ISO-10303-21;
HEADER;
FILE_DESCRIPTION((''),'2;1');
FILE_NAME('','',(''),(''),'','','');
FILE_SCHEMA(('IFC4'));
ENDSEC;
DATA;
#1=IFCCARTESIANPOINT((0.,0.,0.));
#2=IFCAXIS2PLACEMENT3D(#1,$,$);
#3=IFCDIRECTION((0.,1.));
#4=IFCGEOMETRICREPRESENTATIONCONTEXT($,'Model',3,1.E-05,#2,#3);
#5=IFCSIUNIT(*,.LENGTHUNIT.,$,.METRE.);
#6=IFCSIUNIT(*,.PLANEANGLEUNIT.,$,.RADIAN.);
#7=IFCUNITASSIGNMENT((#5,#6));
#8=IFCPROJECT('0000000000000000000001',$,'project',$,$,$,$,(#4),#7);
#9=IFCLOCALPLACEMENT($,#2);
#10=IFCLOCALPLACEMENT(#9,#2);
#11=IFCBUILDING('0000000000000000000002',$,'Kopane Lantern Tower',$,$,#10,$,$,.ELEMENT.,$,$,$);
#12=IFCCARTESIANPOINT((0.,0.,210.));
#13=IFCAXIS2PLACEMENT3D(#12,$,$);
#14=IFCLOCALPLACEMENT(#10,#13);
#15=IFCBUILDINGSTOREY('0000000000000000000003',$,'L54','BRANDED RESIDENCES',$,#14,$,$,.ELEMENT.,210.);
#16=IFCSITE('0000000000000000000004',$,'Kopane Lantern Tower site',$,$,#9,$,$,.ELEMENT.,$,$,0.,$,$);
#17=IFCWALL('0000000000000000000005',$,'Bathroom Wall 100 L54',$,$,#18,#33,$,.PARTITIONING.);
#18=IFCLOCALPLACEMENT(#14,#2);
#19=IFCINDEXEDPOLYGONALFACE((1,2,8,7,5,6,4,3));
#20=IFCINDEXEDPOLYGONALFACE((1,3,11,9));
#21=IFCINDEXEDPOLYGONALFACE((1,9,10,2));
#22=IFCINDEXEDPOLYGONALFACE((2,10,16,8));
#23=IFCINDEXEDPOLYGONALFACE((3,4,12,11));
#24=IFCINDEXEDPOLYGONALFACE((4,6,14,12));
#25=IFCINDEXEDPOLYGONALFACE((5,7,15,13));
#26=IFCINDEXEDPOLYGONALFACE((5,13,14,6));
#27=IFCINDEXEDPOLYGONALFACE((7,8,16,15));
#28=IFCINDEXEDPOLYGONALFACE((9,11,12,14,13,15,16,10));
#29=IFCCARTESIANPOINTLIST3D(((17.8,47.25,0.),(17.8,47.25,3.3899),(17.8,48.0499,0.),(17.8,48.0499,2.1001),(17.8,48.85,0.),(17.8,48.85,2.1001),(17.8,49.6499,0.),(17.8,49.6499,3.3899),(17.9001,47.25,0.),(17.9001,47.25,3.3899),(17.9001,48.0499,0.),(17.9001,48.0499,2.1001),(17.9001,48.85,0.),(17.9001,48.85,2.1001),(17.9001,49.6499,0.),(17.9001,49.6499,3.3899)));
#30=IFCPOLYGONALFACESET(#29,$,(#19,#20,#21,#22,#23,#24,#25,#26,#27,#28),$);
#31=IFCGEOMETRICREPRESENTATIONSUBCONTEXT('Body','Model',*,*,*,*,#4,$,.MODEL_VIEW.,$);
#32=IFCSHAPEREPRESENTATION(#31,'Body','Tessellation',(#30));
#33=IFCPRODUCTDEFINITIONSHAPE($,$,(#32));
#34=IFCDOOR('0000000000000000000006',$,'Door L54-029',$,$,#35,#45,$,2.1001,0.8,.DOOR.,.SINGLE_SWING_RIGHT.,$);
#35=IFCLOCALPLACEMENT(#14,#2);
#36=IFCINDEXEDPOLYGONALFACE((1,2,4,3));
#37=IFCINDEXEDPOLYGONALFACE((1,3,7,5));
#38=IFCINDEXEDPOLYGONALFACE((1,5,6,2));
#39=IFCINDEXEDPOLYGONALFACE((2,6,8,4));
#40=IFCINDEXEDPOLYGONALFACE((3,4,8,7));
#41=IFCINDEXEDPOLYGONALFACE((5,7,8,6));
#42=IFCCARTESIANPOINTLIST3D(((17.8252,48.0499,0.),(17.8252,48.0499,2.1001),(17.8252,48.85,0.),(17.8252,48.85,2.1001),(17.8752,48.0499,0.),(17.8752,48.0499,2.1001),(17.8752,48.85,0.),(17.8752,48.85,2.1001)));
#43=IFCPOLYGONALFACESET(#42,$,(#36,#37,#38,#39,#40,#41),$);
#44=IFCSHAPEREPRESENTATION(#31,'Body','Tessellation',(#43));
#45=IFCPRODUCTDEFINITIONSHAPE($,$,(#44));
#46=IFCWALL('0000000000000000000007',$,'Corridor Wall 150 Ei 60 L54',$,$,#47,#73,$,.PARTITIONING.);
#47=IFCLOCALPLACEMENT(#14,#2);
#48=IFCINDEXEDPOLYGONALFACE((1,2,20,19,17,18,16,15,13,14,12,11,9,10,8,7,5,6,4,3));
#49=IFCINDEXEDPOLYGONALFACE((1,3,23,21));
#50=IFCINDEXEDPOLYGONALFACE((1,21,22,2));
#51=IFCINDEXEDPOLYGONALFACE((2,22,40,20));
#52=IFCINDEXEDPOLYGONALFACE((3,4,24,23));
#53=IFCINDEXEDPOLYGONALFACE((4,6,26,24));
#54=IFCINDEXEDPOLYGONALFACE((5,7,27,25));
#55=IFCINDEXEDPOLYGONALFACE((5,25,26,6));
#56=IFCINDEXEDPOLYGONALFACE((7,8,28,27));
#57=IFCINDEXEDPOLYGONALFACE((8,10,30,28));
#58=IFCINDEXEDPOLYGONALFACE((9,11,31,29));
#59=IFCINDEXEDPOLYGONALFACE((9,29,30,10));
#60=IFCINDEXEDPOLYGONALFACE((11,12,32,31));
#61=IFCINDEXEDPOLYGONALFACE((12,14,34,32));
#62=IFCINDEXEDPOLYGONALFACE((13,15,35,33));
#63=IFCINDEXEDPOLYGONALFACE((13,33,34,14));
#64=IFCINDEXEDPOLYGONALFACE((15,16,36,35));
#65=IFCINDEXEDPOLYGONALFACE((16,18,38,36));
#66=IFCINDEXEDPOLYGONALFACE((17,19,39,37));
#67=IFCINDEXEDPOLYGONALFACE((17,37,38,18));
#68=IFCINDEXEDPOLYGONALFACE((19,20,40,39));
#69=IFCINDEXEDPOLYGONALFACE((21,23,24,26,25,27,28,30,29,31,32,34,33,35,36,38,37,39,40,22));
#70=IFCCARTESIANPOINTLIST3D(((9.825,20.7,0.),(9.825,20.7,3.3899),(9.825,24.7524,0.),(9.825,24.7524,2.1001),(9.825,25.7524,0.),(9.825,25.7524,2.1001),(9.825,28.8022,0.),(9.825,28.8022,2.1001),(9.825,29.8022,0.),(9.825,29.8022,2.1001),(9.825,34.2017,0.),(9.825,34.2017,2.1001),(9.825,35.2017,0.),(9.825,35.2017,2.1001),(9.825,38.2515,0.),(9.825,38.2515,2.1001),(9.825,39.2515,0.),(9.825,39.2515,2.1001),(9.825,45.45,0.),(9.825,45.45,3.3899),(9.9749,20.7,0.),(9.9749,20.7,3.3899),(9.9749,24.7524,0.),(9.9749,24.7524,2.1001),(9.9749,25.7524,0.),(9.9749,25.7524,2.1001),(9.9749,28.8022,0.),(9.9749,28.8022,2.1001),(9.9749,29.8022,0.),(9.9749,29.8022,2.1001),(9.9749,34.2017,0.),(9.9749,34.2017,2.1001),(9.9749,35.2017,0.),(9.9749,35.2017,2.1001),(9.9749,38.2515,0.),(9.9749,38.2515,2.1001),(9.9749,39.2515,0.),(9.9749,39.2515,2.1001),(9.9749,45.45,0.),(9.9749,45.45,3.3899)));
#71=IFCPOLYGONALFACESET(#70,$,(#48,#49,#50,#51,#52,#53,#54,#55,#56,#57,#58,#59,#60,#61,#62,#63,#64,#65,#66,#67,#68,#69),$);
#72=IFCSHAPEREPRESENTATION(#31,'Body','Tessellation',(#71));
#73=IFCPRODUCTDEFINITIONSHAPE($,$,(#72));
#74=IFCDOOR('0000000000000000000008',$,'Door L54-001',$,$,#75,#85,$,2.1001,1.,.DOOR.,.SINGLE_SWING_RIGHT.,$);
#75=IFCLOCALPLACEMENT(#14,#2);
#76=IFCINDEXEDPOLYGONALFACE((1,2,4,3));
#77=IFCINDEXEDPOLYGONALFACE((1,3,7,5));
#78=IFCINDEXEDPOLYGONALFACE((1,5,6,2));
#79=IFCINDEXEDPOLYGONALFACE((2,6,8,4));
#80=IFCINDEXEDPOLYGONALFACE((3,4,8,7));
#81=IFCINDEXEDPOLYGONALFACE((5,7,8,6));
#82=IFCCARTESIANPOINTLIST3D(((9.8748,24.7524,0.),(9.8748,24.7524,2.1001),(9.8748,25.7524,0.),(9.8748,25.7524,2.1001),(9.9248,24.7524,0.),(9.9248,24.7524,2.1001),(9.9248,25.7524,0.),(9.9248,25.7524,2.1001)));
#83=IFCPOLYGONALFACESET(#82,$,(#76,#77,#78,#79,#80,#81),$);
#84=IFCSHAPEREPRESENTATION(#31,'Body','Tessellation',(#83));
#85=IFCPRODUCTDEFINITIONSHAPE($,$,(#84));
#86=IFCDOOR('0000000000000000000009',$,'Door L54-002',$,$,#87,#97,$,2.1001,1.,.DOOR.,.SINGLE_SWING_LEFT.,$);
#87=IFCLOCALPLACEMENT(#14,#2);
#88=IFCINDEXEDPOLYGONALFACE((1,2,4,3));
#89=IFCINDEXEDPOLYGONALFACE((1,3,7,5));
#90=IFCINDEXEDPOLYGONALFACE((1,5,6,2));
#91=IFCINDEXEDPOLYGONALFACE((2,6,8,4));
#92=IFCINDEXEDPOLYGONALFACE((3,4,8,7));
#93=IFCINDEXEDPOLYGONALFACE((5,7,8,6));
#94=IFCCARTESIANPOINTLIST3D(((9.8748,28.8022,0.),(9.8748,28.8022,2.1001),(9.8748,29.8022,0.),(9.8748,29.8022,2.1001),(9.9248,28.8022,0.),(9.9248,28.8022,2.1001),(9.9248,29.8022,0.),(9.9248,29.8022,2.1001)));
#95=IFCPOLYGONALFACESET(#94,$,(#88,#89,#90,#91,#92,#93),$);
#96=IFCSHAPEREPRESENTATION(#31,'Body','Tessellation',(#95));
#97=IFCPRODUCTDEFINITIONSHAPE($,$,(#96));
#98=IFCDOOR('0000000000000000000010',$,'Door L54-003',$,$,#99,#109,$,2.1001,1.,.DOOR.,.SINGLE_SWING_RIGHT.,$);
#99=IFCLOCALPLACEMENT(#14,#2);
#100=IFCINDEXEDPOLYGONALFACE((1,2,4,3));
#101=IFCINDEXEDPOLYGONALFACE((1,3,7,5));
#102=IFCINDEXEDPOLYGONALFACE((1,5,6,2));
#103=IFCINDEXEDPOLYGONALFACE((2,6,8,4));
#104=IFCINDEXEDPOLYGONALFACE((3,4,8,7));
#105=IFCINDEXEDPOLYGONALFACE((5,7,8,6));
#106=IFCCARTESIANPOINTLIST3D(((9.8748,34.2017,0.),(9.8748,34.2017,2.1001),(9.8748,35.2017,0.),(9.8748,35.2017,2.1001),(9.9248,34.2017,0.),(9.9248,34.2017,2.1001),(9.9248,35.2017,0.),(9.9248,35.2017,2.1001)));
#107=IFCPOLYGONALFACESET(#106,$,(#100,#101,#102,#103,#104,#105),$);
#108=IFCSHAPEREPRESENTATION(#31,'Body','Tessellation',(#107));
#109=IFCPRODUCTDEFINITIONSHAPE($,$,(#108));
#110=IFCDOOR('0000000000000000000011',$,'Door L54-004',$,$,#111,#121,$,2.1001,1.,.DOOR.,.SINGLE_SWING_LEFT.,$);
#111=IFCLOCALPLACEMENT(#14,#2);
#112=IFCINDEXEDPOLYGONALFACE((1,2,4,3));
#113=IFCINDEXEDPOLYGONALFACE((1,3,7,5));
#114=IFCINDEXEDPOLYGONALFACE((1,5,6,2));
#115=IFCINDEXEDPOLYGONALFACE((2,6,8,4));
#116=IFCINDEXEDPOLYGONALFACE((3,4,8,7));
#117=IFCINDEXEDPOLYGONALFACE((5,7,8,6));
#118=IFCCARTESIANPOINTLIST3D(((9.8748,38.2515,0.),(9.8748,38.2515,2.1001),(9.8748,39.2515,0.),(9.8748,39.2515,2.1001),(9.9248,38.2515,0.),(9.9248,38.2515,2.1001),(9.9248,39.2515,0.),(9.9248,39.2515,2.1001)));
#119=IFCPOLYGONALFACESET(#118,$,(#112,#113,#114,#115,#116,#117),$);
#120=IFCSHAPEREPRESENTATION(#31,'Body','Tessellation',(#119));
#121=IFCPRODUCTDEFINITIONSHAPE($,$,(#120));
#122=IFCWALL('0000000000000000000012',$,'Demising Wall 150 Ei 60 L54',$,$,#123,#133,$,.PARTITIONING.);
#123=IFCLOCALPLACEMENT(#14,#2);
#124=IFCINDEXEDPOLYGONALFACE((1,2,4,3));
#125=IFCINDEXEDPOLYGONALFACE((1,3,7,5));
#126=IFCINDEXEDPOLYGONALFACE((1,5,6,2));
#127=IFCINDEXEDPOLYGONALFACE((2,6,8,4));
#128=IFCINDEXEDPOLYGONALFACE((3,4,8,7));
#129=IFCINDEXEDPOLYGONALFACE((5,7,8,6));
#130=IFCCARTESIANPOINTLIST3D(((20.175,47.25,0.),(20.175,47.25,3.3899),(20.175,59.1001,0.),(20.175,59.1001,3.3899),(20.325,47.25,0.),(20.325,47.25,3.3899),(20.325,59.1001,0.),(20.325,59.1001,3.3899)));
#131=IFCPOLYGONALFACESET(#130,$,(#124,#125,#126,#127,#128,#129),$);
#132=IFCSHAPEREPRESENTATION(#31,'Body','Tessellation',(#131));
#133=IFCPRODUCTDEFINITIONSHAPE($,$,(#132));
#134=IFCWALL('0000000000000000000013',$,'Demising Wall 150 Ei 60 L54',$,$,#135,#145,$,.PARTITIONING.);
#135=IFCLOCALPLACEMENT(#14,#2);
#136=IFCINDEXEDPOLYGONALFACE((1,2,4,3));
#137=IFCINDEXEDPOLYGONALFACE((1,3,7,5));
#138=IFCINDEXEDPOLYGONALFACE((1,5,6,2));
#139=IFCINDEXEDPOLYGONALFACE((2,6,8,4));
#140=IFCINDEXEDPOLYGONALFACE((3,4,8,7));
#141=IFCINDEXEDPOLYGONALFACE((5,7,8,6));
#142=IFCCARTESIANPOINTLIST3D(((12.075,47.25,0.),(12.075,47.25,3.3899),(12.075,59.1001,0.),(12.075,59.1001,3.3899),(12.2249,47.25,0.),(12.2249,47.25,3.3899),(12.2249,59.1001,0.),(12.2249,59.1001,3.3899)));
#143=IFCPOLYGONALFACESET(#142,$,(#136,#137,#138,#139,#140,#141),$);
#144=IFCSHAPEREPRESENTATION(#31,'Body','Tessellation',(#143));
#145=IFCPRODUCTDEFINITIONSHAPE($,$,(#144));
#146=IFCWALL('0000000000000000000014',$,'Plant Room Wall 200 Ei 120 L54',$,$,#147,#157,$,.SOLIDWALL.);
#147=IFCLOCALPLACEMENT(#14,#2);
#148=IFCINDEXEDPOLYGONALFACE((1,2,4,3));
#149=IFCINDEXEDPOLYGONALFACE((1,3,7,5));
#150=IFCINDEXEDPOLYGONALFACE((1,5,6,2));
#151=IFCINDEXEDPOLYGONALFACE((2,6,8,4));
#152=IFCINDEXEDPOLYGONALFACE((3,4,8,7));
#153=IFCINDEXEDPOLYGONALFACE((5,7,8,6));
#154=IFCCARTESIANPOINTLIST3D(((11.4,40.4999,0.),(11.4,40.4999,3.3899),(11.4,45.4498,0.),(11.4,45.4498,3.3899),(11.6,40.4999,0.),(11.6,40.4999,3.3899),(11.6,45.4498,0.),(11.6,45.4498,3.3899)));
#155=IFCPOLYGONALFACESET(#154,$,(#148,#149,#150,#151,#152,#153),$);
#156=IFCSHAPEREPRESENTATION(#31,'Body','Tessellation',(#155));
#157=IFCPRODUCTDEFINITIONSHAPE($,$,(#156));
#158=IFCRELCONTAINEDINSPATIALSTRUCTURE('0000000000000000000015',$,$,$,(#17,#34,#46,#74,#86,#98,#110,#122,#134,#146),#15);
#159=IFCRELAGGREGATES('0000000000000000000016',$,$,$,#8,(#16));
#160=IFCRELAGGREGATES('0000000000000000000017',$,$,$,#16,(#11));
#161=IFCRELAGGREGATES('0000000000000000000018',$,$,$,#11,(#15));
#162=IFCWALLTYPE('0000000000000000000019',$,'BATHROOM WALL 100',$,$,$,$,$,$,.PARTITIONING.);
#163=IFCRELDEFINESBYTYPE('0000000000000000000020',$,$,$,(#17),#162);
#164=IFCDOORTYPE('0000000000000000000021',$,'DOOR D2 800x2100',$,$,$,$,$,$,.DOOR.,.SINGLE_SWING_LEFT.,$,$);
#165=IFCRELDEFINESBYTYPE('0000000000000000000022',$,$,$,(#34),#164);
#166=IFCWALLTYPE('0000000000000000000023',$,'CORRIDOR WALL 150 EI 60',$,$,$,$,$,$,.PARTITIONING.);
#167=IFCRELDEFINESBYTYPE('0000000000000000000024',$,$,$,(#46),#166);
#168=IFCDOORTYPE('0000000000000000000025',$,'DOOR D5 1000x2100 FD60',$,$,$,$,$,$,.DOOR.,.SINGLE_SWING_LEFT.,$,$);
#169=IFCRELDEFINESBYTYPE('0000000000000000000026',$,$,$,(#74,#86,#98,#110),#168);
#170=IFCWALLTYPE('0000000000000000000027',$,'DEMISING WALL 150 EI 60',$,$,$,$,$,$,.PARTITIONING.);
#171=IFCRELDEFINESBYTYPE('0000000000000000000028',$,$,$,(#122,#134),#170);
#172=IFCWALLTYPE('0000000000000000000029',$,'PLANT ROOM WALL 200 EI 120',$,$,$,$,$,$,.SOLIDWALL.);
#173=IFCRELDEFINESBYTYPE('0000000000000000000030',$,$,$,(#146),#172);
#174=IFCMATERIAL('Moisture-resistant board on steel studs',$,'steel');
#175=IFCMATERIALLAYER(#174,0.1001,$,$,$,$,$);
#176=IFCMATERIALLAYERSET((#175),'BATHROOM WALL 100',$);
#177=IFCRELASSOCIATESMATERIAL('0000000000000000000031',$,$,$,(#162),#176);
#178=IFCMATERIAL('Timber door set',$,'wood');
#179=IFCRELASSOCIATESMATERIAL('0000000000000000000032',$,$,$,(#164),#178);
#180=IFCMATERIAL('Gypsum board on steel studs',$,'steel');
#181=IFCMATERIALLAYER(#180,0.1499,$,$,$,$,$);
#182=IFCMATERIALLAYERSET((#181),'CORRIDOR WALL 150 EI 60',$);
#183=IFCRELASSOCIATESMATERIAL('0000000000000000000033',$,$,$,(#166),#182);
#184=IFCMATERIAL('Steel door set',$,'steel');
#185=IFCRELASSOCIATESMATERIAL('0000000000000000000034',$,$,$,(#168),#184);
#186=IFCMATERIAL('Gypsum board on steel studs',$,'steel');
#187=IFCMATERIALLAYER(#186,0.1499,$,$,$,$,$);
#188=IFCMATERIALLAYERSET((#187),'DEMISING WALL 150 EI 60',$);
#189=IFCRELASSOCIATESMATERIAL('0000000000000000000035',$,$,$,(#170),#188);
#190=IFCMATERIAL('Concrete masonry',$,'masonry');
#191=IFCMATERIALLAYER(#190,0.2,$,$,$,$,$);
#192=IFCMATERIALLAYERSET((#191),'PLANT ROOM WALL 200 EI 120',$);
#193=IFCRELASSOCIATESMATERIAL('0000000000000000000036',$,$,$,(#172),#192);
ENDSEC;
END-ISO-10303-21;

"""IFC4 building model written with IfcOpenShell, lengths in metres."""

from ifc_helpers import new_model, si_unit, direction, frame, frame_2d, origin, place, context, subcontext, project, spatial, rectangle, extrude, material, layer, layer_set, type_object, element, fill, save


model = new_model("IFC4")

# Units and contexts
model_context = context("Model", 3, precision=1e-05, world=origin(), true_north=direction((0.0, 1.0)))
body_context = subcontext(model_context, "Body", "Model", "MODEL_VIEW")
ifc_project = project(units=[si_unit("LENGTHUNIT", "METRE"), si_unit("PLANEANGLEUNIT", "RADIAN")], contexts=[model_context])

# Site, building, storey
site_placement = place(None, origin())
site = spatial("IfcSite", under=ifc_project, at=site_placement, Name="Kopane Lantern Tower site", CompositionType="ELEMENT", RefElevation=0.0)
building_placement = place(site_placement, origin())
building = spatial("IfcBuilding", under=site, at=building_placement, Name="Kopane Lantern Tower", CompositionType="ELEMENT")
storey_placement = place(building_placement, frame((0.0, 0.0, 210.0)))
storey = spatial("IfcBuildingStorey", under=building, at=storey_placement, Name="L54", Description="BRANDED RESIDENCES", CompositionType="ELEMENT", Elevation=210.0)

# Wall, opening, door
ifc_material_1 = material(Name="Moisture-resistant board on steel studs", Category="steel")
ifc_layer_1 = layer(ifc_material_1, 0.1001)
ifc_layer_set_1 = layer_set([ifc_layer_1], Name="BATHROOM WALL 100")
wall_type_1 = type_object("IfcWallType", Name="BATHROOM WALL 100", PredefinedType="PARTITIONING", material=ifc_layer_set_1)
wall_1_placement = place(storey_placement, frame((17.8501, 47.25, 0.0), z_axis=(0.0, 0.0, 1.0), x_axis=(0.0, 1.0, 0.0)))
wall_1 = element("IfcWall", 1, at=wall_1_placement, inside=storey, type_object=wall_type_1, Name="Bathroom Wall 100 L54", PredefinedType="PARTITIONING", context=body_context, shape_type="SweptSolid", body=[
    extrude(rectangle(XDim=2.3999, YDim=0.1001, at=frame_2d((1.2, 0.0))), origin(), (0.0, 0.0, 1.0), 3.3899),
])
opening_1_placement = place(wall_1_placement, frame((0.8, 0.0, 0.0)))
opening_1 = element("IfcOpeningElement", 2, at=opening_1_placement, cuts=wall_1, PredefinedType="OPENING", context=body_context, shape_type="SweptSolid", body=[
    extrude(rectangle(XDim=0.8, YDim=2.1001, at=frame_2d((0.3999, 1.05))), frame((0.0, 0.0601, 0.0), z_axis=(0.0, -1.0, 0.0), x_axis=(1.0, 0.0, 0.0)), (0.0, 0.0, 1.0), 0.1201),
])
ifc_material_2 = material(Name="Timber door set", Category="wood")
door_type_1 = type_object("IfcDoorType", Name="DOOR D2 800x2100", OperationType="SINGLE_SWING_LEFT", PredefinedType="DOOR", material=ifc_material_2)
door_1_placement = place(opening_1_placement, origin())
door_1 = element("IfcDoor", 3, at=door_1_placement, inside=storey, type_object=door_type_1, Name="Door L54-029", OperationType="SINGLE_SWING_RIGHT", OverallHeight=2.1001, OverallWidth=0.8, PredefinedType="DOOR", context=body_context, shape_type="SweptSolid", body=[
    extrude(rectangle(XDim=0.8, YDim=2.1001, at=frame_2d((0.3999, 1.05))), frame((0.0, 0.0249, 0.0), z_axis=(0.0, -1.0, 0.0), x_axis=(1.0, 0.0, 0.0)), (0.0, 0.0, 1.0), 0.05),
])
fill(opening_1, door_1)

# Wall, openings, doors
ifc_material_3 = material(Name="Gypsum board on steel studs", Category="steel")
ifc_layer_2 = layer(ifc_material_3, 0.1499)
ifc_layer_set_2 = layer_set([ifc_layer_2], Name="CORRIDOR WALL 150 EI 60")
wall_type_2 = type_object("IfcWallType", Name="CORRIDOR WALL 150 EI 60", PredefinedType="PARTITIONING", material=ifc_layer_set_2)
wall_2_placement = place(storey_placement, frame((9.8999, 45.45, 0.0), z_axis=(0.0, 0.0, 1.0), x_axis=(0.0, -1.0, 0.0)))
wall_2 = element("IfcWall", 4, at=wall_2_placement, inside=storey, type_object=wall_type_2, Name="Corridor Wall 150 Ei 60 L54", PredefinedType="PARTITIONING", context=body_context, shape_type="SweptSolid", body=[
    extrude(rectangle(XDim=24.75, YDim=0.1499, at=frame_2d((12.375, 0.0))), origin(), (0.0, 0.0, 1.0), 3.3899),
])
opening_2_placement = place(wall_2_placement, frame((19.6975, 0.0, 0.0)))
opening_2 = element("IfcOpeningElement", 5, at=opening_2_placement, cuts=wall_2, PredefinedType="OPENING", context=body_context, shape_type="SweptSolid", body=[
    extrude(rectangle(XDim=1.0, YDim=2.1001, at=frame_2d((0.5, 1.05))), frame((0.0, 0.085, 0.0), z_axis=(0.0, -1.0, 0.0), x_axis=(1.0, 0.0, 0.0)), (0.0, 0.0, 1.0), 0.1699),
])
opening_3_placement = place(wall_2_placement, frame((15.6477, 0.0, 0.0)))
opening_3 = element("IfcOpeningElement", 6, at=opening_3_placement, cuts=wall_2, PredefinedType="OPENING", context=body_context, shape_type="SweptSolid", body=[
    extrude(rectangle(XDim=1.0, YDim=2.1001, at=frame_2d((0.5, 1.05))), frame((0.0, 0.085, 0.0), z_axis=(0.0, -1.0, 0.0), x_axis=(1.0, 0.0, 0.0)), (0.0, 0.0, 1.0), 0.1699),
])
opening_4_placement = place(wall_2_placement, frame((10.2483, 0.0, 0.0)))
opening_4 = element("IfcOpeningElement", 7, at=opening_4_placement, cuts=wall_2, PredefinedType="OPENING", context=body_context, shape_type="SweptSolid", body=[
    extrude(rectangle(XDim=1.0, YDim=2.1001, at=frame_2d((0.5, 1.05))), frame((0.0, 0.085, 0.0), z_axis=(0.0, -1.0, 0.0), x_axis=(1.0, 0.0, 0.0)), (0.0, 0.0, 1.0), 0.1699),
])
opening_5_placement = place(wall_2_placement, frame((6.1985, 0.0, 0.0)))
opening_5 = element("IfcOpeningElement", 8, at=opening_5_placement, cuts=wall_2, PredefinedType="OPENING", context=body_context, shape_type="SweptSolid", body=[
    extrude(rectangle(XDim=1.0, YDim=2.1001, at=frame_2d((0.5, 1.05))), frame((0.0, 0.085, 0.0), z_axis=(0.0, -1.0, 0.0), x_axis=(1.0, 0.0, 0.0)), (0.0, 0.0, 1.0), 0.1699),
])
ifc_material_4 = material(Name="Steel door set", Category="steel")
door_type_2 = type_object("IfcDoorType", Name="DOOR D5 1000x2100 FD60", OperationType="SINGLE_SWING_LEFT", PredefinedType="DOOR", material=ifc_material_4)
door_2_placement = place(opening_2_placement, origin())
door_2 = element("IfcDoor", 9, at=door_2_placement, inside=storey, type_object=door_type_2, Name="Door L54-001", OperationType="SINGLE_SWING_RIGHT", OverallHeight=2.1001, OverallWidth=1.0, PredefinedType="DOOR", context=body_context, shape_type="SweptSolid", body=[
    extrude(rectangle(XDim=1.0, YDim=2.1001, at=frame_2d((0.5, 1.05))), frame((0.0, 0.0249, 0.0), z_axis=(0.0, -1.0, 0.0), x_axis=(1.0, 0.0, 0.0)), (0.0, 0.0, 1.0), 0.05),
])
fill(opening_2, door_2)
door_3_placement = place(opening_3_placement, origin())
door_3 = element("IfcDoor", 10, at=door_3_placement, inside=storey, type_object=door_type_2, Name="Door L54-002", OperationType="SINGLE_SWING_LEFT", OverallHeight=2.1001, OverallWidth=1.0, PredefinedType="DOOR", context=body_context, shape_type="SweptSolid", body=[
    extrude(rectangle(XDim=1.0, YDim=2.1001, at=frame_2d((0.5, 1.05))), frame((0.0, 0.0249, 0.0), z_axis=(0.0, -1.0, 0.0), x_axis=(1.0, 0.0, 0.0)), (0.0, 0.0, 1.0), 0.05),
])
fill(opening_3, door_3)
door_4_placement = place(opening_4_placement, origin())
door_4 = element("IfcDoor", 11, at=door_4_placement, inside=storey, type_object=door_type_2, Name="Door L54-003", OperationType="SINGLE_SWING_RIGHT", OverallHeight=2.1001, OverallWidth=1.0, PredefinedType="DOOR", context=body_context, shape_type="SweptSolid", body=[
    extrude(rectangle(XDim=1.0, YDim=2.1001, at=frame_2d((0.5, 1.05))), frame((0.0, 0.0249, 0.0), z_axis=(0.0, -1.0, 0.0), x_axis=(1.0, 0.0, 0.0)), (0.0, 0.0, 1.0), 0.05),
])
fill(opening_4, door_4)
door_5_placement = place(opening_5_placement, origin())
door_5 = element("IfcDoor", 12, at=door_5_placement, inside=storey, type_object=door_type_2, Name="Door L54-004", OperationType="SINGLE_SWING_LEFT", OverallHeight=2.1001, OverallWidth=1.0, PredefinedType="DOOR", context=body_context, shape_type="SweptSolid", body=[
    extrude(rectangle(XDim=1.0, YDim=2.1001, at=frame_2d((0.5, 1.05))), frame((0.0, 0.0249, 0.0), z_axis=(0.0, -1.0, 0.0), x_axis=(1.0, 0.0, 0.0)), (0.0, 0.0, 1.0), 0.05),
])
fill(opening_5, door_5)

# Walls
ifc_material_5 = material(Name="Gypsum board on steel studs", Category="steel")
ifc_layer_3 = layer(ifc_material_5, 0.1499)
ifc_layer_set_3 = layer_set([ifc_layer_3], Name="DEMISING WALL 150 EI 60")
wall_type_3 = type_object("IfcWallType", Name="DEMISING WALL 150 EI 60", PredefinedType="PARTITIONING", material=ifc_layer_set_3)
for number, where, z_axis, x_axis, name in (
    (13, (20.25, 47.25, 0.0), (0.0, 0.0, 1.0), (0.0, 1.0, 0.0), "Demising Wall 150 Ei 60 L54"),
    (14, (12.1499, 47.25, 0.0), (0.0, 0.0, 1.0), (0.0, 1.0, 0.0), "Demising Wall 150 Ei 60 L54"),
):
    element("IfcWall", number, at=place(storey_placement, frame(where, z_axis=z_axis, x_axis=x_axis)), inside=storey, type_object=wall_type_3, Name=name, PredefinedType="PARTITIONING", context=body_context, shape_type="SweptSolid", body=[
        extrude(rectangle(XDim=11.8501, YDim=0.1499, at=frame_2d((5.925, 0.0))), origin(), (0.0, 0.0, 1.0), 3.3899),
    ])
ifc_material_6 = material(Name="Concrete masonry", Category="masonry")
ifc_layer_4 = layer(ifc_material_6, 0.2)
ifc_layer_set_4 = layer_set([ifc_layer_4], Name="PLANT ROOM WALL 200 EI 120")
wall_type_4 = type_object("IfcWallType", Name="PLANT ROOM WALL 200 EI 120", PredefinedType="SOLIDWALL", material=ifc_layer_set_4)
wall_3_placement = place(storey_placement, frame((11.5, 45.45, 0.0), z_axis=(0.0, 0.0, 1.0), x_axis=(0.0, -1.0, 0.0)))
element("IfcWall", 15, at=wall_3_placement, inside=storey, type_object=wall_type_4, Name="Plant Room Wall 200 Ei 120 L54", PredefinedType="SOLIDWALL", context=body_context, shape_type="SweptSolid", body=[
    extrude(rectangle(XDim=4.95, YDim=0.2, at=frame_2d((2.4751, 0.0))), origin(), (0.0, 0.0, 1.0), 3.3899),
])

save(model, "model.ifc")
